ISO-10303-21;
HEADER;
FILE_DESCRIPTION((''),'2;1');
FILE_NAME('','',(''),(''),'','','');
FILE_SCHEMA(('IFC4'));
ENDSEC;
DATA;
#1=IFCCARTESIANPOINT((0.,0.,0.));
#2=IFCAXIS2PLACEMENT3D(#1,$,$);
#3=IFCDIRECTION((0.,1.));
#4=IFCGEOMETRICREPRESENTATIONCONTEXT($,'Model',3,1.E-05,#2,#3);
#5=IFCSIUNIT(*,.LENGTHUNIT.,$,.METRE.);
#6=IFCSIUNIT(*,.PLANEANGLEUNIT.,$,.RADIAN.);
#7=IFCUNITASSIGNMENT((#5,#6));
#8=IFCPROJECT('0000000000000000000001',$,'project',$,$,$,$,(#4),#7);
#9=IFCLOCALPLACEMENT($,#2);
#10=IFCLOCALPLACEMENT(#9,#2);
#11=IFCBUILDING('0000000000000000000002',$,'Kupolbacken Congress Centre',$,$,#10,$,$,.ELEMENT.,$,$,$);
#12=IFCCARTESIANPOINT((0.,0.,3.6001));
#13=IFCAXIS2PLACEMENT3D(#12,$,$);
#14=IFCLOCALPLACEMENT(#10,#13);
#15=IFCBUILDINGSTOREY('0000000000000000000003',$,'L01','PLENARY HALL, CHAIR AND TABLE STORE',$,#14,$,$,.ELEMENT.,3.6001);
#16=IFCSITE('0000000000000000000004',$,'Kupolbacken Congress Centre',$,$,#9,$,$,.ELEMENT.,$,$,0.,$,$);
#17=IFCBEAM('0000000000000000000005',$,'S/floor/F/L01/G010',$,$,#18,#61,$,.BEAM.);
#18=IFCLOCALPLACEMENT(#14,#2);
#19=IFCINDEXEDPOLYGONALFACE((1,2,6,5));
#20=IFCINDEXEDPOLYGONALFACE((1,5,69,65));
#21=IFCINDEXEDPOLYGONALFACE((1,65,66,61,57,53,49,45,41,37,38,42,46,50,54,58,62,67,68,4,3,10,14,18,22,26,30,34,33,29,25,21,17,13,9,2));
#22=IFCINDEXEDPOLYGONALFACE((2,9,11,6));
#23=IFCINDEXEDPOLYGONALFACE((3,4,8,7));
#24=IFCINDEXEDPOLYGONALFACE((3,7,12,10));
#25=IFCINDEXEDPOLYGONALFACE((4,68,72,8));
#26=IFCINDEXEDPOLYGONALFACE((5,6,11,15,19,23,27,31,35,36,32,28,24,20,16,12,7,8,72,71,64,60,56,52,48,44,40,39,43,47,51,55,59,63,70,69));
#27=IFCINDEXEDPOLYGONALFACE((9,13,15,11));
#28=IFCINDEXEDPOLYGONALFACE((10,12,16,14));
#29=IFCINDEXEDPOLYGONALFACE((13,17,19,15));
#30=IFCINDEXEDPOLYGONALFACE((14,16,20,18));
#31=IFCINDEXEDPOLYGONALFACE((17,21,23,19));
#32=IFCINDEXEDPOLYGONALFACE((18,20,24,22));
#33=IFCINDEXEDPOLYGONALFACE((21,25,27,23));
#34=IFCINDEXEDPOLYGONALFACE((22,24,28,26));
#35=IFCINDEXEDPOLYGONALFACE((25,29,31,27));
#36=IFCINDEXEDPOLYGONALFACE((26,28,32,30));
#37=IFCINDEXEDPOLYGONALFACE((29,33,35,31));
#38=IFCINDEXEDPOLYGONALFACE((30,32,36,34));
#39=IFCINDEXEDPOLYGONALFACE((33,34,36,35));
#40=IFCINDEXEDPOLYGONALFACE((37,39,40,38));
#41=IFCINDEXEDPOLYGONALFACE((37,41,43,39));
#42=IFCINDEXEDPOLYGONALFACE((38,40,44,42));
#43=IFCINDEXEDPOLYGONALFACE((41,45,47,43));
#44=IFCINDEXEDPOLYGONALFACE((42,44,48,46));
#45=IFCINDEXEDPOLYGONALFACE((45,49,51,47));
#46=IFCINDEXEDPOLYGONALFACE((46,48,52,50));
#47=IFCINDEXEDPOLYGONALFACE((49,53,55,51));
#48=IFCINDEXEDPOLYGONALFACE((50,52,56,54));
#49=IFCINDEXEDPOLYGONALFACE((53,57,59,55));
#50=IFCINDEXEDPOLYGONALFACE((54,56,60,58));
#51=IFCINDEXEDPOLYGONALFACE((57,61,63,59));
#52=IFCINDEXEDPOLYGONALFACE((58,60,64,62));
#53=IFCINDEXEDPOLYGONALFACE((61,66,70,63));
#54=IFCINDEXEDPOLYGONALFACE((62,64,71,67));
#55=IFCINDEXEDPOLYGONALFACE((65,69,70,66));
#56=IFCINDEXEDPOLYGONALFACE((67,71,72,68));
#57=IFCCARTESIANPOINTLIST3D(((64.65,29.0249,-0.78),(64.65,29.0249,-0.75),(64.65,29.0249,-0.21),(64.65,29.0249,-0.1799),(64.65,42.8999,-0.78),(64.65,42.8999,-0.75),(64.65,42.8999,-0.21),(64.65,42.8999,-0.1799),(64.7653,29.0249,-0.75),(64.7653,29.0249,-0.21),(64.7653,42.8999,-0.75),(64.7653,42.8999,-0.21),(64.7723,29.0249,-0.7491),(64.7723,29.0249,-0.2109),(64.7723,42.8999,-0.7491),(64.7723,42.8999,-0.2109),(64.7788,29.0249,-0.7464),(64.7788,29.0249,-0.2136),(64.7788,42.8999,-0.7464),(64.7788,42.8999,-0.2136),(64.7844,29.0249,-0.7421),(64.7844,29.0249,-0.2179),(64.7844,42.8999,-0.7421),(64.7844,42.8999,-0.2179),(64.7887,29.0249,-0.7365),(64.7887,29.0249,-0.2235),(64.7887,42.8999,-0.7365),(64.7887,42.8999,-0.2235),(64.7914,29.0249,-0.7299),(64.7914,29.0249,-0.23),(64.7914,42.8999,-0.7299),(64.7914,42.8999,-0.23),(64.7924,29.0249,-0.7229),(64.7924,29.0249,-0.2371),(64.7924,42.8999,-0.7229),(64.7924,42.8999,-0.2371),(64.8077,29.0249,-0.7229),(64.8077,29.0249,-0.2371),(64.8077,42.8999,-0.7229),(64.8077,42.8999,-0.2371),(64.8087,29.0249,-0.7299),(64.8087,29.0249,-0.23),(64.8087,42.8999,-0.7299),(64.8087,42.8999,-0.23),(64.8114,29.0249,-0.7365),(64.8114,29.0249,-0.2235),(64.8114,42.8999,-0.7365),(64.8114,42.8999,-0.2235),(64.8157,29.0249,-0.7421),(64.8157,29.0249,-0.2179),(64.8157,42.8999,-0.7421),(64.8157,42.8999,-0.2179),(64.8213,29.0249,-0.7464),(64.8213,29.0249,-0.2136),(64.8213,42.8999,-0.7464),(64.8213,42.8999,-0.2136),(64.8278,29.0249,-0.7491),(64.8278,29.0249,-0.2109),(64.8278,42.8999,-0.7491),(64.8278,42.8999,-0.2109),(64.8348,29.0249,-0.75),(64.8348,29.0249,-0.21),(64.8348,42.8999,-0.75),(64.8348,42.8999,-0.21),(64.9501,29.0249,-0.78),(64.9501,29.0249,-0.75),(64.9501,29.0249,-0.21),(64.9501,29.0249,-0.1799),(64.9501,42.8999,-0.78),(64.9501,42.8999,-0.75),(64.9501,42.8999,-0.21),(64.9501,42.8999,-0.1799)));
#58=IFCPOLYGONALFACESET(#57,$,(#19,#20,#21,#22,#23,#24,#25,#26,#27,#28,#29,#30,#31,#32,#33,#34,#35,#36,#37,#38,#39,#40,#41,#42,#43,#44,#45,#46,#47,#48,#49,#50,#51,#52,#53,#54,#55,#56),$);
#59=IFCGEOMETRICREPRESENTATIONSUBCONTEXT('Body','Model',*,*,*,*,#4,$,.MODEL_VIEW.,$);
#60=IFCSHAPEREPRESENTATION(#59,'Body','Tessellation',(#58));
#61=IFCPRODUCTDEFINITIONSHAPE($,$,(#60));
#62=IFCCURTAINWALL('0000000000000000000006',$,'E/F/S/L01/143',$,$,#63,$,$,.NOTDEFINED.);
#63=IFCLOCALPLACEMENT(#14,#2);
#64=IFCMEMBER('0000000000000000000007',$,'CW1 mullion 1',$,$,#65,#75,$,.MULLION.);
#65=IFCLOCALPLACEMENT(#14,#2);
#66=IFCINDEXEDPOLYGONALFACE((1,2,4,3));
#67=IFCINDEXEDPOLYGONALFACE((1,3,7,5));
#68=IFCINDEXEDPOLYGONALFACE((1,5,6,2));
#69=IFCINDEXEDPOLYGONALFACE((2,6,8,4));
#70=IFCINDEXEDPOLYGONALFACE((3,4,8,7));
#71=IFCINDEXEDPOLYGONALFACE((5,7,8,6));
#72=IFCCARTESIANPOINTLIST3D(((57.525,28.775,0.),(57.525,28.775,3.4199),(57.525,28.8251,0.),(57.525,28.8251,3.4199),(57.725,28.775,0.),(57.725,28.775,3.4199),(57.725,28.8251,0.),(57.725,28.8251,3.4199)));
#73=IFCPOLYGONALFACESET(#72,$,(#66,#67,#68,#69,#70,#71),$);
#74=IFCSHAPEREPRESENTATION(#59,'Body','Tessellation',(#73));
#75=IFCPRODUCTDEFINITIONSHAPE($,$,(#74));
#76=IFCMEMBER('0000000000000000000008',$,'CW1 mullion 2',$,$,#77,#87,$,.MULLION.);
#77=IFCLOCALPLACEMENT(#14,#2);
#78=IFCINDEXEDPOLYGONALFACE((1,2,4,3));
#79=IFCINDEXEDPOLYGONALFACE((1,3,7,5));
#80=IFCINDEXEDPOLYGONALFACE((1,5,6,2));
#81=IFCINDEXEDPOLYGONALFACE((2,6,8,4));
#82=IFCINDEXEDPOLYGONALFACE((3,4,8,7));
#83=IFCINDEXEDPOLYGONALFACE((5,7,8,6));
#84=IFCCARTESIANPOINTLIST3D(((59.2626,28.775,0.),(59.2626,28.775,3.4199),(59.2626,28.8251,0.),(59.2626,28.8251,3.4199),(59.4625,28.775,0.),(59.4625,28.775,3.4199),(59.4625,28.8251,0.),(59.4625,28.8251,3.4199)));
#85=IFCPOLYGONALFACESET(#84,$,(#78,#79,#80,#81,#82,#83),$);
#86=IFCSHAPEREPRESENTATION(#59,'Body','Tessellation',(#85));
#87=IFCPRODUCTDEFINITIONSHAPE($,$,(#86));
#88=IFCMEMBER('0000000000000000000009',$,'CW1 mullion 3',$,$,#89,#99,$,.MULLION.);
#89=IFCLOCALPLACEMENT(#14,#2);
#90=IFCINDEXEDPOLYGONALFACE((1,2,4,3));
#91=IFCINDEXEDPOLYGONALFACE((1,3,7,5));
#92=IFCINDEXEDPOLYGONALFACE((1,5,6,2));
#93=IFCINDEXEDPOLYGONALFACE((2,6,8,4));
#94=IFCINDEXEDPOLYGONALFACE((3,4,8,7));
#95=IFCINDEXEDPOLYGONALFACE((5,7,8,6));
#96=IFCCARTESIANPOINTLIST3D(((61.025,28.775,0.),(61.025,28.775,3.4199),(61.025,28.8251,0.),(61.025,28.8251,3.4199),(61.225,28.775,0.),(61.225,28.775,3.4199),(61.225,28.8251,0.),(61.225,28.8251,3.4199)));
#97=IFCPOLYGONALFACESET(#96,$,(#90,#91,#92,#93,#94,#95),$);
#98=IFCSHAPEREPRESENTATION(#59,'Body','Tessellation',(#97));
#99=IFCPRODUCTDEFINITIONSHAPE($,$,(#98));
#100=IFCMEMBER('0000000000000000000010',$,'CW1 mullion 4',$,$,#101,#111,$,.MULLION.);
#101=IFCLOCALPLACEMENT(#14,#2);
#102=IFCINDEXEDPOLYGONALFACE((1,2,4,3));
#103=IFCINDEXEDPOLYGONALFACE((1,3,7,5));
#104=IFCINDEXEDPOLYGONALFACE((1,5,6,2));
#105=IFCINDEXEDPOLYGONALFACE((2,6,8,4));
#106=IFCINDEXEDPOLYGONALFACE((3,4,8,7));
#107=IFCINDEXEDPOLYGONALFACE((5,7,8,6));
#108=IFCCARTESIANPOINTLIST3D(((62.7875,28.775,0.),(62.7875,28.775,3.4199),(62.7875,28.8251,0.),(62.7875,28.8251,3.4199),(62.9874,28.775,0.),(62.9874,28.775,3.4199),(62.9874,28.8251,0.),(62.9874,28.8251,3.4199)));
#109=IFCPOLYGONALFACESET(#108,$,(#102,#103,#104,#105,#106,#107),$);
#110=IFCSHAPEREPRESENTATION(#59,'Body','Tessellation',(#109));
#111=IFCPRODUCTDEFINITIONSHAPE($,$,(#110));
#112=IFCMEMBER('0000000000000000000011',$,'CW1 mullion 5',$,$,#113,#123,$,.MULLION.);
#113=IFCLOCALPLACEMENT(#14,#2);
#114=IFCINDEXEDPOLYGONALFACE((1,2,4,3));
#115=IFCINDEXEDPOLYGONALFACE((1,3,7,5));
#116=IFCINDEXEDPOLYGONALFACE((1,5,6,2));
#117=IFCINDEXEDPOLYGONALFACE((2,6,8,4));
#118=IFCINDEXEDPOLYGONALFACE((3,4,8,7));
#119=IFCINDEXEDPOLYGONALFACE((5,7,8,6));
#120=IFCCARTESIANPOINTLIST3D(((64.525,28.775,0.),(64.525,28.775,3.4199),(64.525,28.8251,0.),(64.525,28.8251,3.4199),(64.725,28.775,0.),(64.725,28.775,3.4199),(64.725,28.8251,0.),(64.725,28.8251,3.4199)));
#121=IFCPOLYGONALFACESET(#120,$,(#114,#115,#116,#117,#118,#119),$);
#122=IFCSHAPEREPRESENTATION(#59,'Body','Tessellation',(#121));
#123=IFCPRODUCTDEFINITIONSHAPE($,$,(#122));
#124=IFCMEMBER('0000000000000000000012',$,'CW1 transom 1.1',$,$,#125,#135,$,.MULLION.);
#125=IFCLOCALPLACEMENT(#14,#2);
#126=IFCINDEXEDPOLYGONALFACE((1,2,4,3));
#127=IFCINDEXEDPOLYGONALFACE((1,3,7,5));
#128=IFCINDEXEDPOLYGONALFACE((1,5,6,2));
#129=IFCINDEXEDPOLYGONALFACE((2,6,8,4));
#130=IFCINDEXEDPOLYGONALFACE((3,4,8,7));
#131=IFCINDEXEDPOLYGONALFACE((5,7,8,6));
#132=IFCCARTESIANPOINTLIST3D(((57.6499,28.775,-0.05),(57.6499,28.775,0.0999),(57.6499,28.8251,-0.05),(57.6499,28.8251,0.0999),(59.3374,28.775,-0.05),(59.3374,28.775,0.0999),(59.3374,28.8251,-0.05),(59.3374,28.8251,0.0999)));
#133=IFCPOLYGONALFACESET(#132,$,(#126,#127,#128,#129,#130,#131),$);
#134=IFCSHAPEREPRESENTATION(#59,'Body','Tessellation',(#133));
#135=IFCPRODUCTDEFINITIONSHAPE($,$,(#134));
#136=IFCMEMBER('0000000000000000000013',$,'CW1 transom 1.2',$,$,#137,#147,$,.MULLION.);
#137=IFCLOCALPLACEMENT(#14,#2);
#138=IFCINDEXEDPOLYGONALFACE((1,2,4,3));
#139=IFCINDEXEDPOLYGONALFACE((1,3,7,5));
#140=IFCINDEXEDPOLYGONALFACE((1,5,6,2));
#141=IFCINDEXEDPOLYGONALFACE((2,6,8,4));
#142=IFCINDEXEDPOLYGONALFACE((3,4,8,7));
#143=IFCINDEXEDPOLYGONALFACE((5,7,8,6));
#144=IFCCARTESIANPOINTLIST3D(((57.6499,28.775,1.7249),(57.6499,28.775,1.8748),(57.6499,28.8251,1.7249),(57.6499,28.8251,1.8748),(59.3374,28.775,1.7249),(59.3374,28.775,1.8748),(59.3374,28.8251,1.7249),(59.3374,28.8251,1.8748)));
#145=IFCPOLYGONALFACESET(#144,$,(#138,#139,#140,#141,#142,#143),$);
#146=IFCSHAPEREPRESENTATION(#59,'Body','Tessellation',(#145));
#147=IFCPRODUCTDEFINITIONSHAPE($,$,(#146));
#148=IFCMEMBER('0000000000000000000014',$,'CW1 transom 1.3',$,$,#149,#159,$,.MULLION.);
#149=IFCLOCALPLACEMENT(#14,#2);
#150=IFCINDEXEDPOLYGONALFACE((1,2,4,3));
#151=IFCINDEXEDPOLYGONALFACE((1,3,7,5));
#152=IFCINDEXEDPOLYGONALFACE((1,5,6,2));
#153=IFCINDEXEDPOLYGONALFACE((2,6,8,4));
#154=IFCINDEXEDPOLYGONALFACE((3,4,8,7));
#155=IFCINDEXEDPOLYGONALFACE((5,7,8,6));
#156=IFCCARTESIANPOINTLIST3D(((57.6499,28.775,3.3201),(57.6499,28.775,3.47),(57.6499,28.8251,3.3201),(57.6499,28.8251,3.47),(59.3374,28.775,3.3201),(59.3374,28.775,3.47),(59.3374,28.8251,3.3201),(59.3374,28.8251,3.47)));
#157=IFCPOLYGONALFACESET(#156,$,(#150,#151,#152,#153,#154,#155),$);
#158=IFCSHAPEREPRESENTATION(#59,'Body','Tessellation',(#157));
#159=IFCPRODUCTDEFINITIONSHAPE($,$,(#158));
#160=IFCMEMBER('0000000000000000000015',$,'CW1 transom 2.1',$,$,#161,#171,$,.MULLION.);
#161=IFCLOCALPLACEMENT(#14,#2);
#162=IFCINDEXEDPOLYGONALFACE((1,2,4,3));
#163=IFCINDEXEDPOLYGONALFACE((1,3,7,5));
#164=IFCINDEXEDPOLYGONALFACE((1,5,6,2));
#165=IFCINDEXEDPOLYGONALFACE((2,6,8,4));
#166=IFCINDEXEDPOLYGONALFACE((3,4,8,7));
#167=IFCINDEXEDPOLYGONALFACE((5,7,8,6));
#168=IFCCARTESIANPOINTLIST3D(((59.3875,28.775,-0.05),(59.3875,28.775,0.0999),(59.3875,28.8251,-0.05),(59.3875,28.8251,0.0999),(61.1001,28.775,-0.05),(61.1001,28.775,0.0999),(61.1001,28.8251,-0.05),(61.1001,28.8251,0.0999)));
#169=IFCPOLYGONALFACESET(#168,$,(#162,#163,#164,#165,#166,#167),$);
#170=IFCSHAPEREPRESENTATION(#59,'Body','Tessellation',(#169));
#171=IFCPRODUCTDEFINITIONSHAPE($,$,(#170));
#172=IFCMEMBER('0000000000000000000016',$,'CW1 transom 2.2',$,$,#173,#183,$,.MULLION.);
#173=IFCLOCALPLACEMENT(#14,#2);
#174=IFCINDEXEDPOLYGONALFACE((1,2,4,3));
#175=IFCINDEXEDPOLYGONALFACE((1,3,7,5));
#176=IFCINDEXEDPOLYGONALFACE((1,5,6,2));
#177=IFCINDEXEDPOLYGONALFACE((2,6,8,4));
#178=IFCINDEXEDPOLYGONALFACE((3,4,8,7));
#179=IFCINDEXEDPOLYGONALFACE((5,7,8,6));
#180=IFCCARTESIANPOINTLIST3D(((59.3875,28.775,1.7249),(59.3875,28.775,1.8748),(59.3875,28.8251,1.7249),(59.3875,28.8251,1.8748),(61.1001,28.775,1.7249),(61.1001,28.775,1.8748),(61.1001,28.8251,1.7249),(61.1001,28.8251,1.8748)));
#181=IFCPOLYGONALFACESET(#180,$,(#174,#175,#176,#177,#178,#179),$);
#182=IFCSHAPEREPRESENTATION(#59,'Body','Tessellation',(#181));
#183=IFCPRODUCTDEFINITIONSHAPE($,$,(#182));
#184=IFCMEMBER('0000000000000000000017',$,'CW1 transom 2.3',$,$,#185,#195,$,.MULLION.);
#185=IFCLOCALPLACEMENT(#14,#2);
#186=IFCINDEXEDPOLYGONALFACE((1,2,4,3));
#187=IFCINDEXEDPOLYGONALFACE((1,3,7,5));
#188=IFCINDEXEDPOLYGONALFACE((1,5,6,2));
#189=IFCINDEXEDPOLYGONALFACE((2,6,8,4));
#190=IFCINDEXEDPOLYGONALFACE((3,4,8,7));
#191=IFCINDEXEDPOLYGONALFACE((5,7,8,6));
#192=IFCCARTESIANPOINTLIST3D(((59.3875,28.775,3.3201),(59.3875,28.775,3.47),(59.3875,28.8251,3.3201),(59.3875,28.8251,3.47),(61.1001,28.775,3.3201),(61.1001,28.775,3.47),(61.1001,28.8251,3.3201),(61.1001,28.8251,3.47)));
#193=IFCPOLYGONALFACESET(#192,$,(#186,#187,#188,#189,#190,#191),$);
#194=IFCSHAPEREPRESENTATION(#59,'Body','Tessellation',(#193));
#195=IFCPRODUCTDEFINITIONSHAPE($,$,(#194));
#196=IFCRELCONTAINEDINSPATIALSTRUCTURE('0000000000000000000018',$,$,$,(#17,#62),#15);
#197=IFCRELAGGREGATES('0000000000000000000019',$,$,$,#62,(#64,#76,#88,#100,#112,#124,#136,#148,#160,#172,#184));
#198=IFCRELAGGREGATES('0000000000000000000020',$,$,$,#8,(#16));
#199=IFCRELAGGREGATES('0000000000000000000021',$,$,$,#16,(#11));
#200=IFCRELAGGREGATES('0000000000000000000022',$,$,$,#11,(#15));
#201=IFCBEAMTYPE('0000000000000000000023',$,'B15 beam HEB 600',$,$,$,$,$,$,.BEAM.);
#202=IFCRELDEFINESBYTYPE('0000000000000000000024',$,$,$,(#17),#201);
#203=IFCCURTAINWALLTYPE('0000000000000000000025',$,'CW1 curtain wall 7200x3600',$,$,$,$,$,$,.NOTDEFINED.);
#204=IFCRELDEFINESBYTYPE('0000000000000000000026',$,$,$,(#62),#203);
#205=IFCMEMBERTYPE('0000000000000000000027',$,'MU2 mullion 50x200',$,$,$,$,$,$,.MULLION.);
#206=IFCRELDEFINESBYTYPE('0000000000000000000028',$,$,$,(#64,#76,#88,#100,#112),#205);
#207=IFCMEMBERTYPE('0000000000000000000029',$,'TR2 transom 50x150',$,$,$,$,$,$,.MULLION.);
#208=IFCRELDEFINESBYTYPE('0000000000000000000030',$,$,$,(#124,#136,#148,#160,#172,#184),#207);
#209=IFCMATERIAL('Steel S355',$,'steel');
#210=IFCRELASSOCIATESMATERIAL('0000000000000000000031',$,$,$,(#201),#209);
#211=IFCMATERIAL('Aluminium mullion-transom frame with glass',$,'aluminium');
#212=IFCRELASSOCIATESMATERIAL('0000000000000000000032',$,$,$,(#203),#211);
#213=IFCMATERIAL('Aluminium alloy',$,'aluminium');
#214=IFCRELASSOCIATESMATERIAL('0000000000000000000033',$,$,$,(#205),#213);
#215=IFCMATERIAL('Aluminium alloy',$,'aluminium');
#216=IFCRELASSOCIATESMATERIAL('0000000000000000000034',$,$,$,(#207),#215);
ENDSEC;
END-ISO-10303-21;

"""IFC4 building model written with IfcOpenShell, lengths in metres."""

from ifc_helpers import new_model, si_unit, direction, frame, origin, origin_2d, place, context, subcontext, project, spatial, rectangle, i_section, extrude, material, material_profile, profile_set, type_object, element, aggregate, save


model = new_model("IFC4")

# Units and contexts
model_context = context("Model", 3, precision=1e-05, world=origin(), true_north=direction((0.0, 1.0)))
body_context = subcontext(model_context, "Body", "Model", "MODEL_VIEW")
ifc_project = project(units=[si_unit("LENGTHUNIT", "METRE"), si_unit("PLANEANGLEUNIT", "RADIAN")], contexts=[model_context])

# Site, building, storey
site_placement = place(None, origin())
site = spatial("IfcSite", under=ifc_project, at=site_placement, Name="Kupolbacken Congress Centre", CompositionType="ELEMENT", RefElevation=0.0)
building_placement = place(site_placement, origin())
building = spatial("IfcBuilding", under=site, at=building_placement, Name="Kupolbacken Congress Centre", CompositionType="ELEMENT")
storey_placement = place(building_placement, frame((0.0, 0.0, 3.6001)))
storey = spatial("IfcBuildingStorey", under=building, at=storey_placement, Name="L01", Description="PLENARY HALL, CHAIR AND TABLE STORE", CompositionType="ELEMENT", Elevation=3.6001)

# Beam
ifc_material_1 = material(Name="Steel S355", Category="steel")
ifc_material_profile_1 = material_profile(ifc_material_1, i_section(OverallWidth=0.3, OverallDepth=0.6001, WebThickness=0.0154, FlangeThickness=0.03, FilletRadius=0.0271, at=origin_2d()), Name="HEB 600")
ifc_profile_set_1 = profile_set([ifc_material_profile_1], Name="Steel S355")
beam_type_1 = type_object("IfcBeamType", Name="B15 beam HEB 600", PredefinedType="BEAM", material=ifc_profile_set_1)
beam_1_placement = place(storey_placement, frame((64.8, 29.0249, -0.48), z_axis=(0.0, 1.0, 0.0), x_axis=(-1.0, 0.0, 0.0)))
element("IfcBeam", 1, at=beam_1_placement, inside=storey, type_object=beam_type_1, Name="S/floor/F/L01/G010", PredefinedType="BEAM", context=body_context, shape_type="SweptSolid", body=[
    extrude(i_section(OverallWidth=0.3, OverallDepth=0.6001, WebThickness=0.0154, FlangeThickness=0.03, FilletRadius=0.0271, at=origin_2d()), origin(), (0.0, 0.0, 1.0), 13.875),
])

# Curtain wall, members
ifc_material_2 = material(Name="Aluminium mullion-transom frame with glass", Category="aluminium")
curtain_wall_type = type_object("IfcCurtainWallType", Name="CW1 curtain wall 7200x3600", PredefinedType="NOTDEFINED", material=ifc_material_2)
curtain_wall_placement = place(storey_placement, origin())
curtain_wall = element("IfcCurtainWall", 2, at=curtain_wall_placement, inside=storey, type_object=curtain_wall_type, Name="E/F/S/L01/143", PredefinedType="NOTDEFINED")
ifc_material_3 = material(Name="Aluminium alloy", Category="aluminium")
ifc_material_profile_2 = material_profile(ifc_material_3, rectangle(XDim=0.05, YDim=0.2, at=origin_2d()), Name="50 x 200")
ifc_profile_set_2 = profile_set([ifc_material_profile_2], Name="Aluminium alloy")
member_type_1 = type_object("IfcMemberType", Name="MU2 mullion 50x200", PredefinedType="MULLION", material=ifc_profile_set_2)
member_1_placement = place(storey_placement, frame((57.625, 28.8, 0.0), z_axis=(0.0, 0.0, 1.0), x_axis=(0.0, 1.0, 0.0)))
member_1 = element("IfcMember", 3, at=member_1_placement, type_object=member_type_1, Name="CW1 mullion 1", PredefinedType="MULLION", context=body_context, shape_type="SweptSolid", body=[
    extrude(rectangle(XDim=0.05, YDim=0.2, at=origin_2d()), origin(), (0.0, 0.0, 1.0), 3.4199),
])
member_2_placement = place(storey_placement, frame((59.3625, 28.8, 0.0), z_axis=(0.0, 0.0, 1.0), x_axis=(0.0, 1.0, 0.0)))
member_2 = element("IfcMember", 4, at=member_2_placement, type_object=member_type_1, Name="CW1 mullion 2", PredefinedType="MULLION", context=body_context, shape_type="SweptSolid", body=[
    extrude(rectangle(XDim=0.05, YDim=0.2, at=origin_2d()), origin(), (0.0, 0.0, 1.0), 3.4199),
])
member_3_placement = place(storey_placement, frame((61.125, 28.8, 0.0), z_axis=(0.0, 0.0, 1.0), x_axis=(0.0, 1.0, 0.0)))
member_3 = element("IfcMember", 5, at=member_3_placement, type_object=member_type_1, Name="CW1 mullion 3", PredefinedType="MULLION", context=body_context, shape_type="SweptSolid", body=[
    extrude(rectangle(XDim=0.05, YDim=0.2, at=origin_2d()), origin(), (0.0, 0.0, 1.0), 3.4199),
])
member_4_placement = place(storey_placement, frame((62.8875, 28.8, 0.0), z_axis=(0.0, 0.0, 1.0), x_axis=(0.0, 1.0, 0.0)))
member_4 = element("IfcMember", 6, at=member_4_placement, type_object=member_type_1, Name="CW1 mullion 4", PredefinedType="MULLION", context=body_context, shape_type="SweptSolid", body=[
    extrude(rectangle(XDim=0.05, YDim=0.2, at=origin_2d()), origin(), (0.0, 0.0, 1.0), 3.4199),
])
member_5_placement = place(storey_placement, frame((64.625, 28.8, 0.0), z_axis=(0.0, 0.0, 1.0), x_axis=(0.0, 1.0, 0.0)))
member_5 = element("IfcMember", 7, at=member_5_placement, type_object=member_type_1, Name="CW1 mullion 5", PredefinedType="MULLION", context=body_context, shape_type="SweptSolid", body=[
    extrude(rectangle(XDim=0.05, YDim=0.2, at=origin_2d()), origin(), (0.0, 0.0, 1.0), 3.4199),
])
ifc_material_4 = material(Name="Aluminium alloy", Category="aluminium")
ifc_material_profile_3 = material_profile(ifc_material_4, rectangle(XDim=0.05, YDim=0.1499, at=origin_2d()), Name="50 x 150")
ifc_profile_set_3 = profile_set([ifc_material_profile_3], Name="Aluminium alloy")
member_type_2 = type_object("IfcMemberType", Name="TR2 transom 50x150", PredefinedType="MULLION", material=ifc_profile_set_3)
member_6_placement = place(storey_placement, frame((57.6499, 28.8, 0.0249), z_axis=(1.0, 0.0, 0.0), x_axis=(0.0, 1.0, 0.0)))
member_6 = element("IfcMember", 8, at=member_6_placement, type_object=member_type_2, Name="CW1 transom 1.1", PredefinedType="MULLION", context=body_context, shape_type="SweptSolid", body=[
    extrude(rectangle(XDim=0.05, YDim=0.1499, at=origin_2d()), origin(), (0.0, 0.0, 1.0), 1.6875),
])
member_7_placement = place(storey_placement, frame((57.6499, 28.8, 1.7998), z_axis=(1.0, 0.0, 0.0), x_axis=(0.0, 1.0, 0.0)))
member_7 = element("IfcMember", 9, at=member_7_placement, type_object=member_type_2, Name="CW1 transom 1.2", PredefinedType="MULLION", context=body_context, shape_type="SweptSolid", body=[
    extrude(rectangle(XDim=0.05, YDim=0.1499, at=origin_2d()), origin(), (0.0, 0.0, 1.0), 1.6875),
])
member_8_placement = place(storey_placement, frame((57.6499, 28.8, 3.395), z_axis=(1.0, 0.0, 0.0), x_axis=(0.0, 1.0, 0.0)))
member_8 = element("IfcMember", 10, at=member_8_placement, type_object=member_type_2, Name="CW1 transom 1.3", PredefinedType="MULLION", context=body_context, shape_type="SweptSolid", body=[
    extrude(rectangle(XDim=0.05, YDim=0.1499, at=origin_2d()), origin(), (0.0, 0.0, 1.0), 1.6875),
])
member_9_placement = place(storey_placement, frame((59.3875, 28.8, 0.0249), z_axis=(1.0, 0.0, 0.0), x_axis=(0.0, 1.0, 0.0)))
member_9 = element("IfcMember", 11, at=member_9_placement, type_object=member_type_2, Name="CW1 transom 2.1", PredefinedType="MULLION", context=body_context, shape_type="SweptSolid", body=[
    extrude(rectangle(XDim=0.05, YDim=0.1499, at=origin_2d()), origin(), (0.0, 0.0, 1.0), 1.7126),
])
member_10_placement = place(storey_placement, frame((59.3875, 28.8, 1.7998), z_axis=(1.0, 0.0, 0.0), x_axis=(0.0, 1.0, 0.0)))
member_10 = element("IfcMember", 12, at=member_10_placement, type_object=member_type_2, Name="CW1 transom 2.2", PredefinedType="MULLION", context=body_context, shape_type="SweptSolid", body=[
    extrude(rectangle(XDim=0.05, YDim=0.1499, at=origin_2d()), origin(), (0.0, 0.0, 1.0), 1.7126),
])
member_11_placement = place(storey_placement, frame((59.3875, 28.8, 3.395), z_axis=(1.0, 0.0, 0.0), x_axis=(0.0, 1.0, 0.0)))
member_11 = element("IfcMember", 13, at=member_11_placement, type_object=member_type_2, Name="CW1 transom 2.3", PredefinedType="MULLION", context=body_context, shape_type="SweptSolid", body=[
    extrude(rectangle(XDim=0.05, YDim=0.1499, at=origin_2d()), origin(), (0.0, 0.0, 1.0), 1.7126),
])
aggregate(curtain_wall, [member_1, member_2, member_3, member_4, member_5, member_6, member_7, member_8, member_9, member_10, member_11])

save(model, "model.ifc")
